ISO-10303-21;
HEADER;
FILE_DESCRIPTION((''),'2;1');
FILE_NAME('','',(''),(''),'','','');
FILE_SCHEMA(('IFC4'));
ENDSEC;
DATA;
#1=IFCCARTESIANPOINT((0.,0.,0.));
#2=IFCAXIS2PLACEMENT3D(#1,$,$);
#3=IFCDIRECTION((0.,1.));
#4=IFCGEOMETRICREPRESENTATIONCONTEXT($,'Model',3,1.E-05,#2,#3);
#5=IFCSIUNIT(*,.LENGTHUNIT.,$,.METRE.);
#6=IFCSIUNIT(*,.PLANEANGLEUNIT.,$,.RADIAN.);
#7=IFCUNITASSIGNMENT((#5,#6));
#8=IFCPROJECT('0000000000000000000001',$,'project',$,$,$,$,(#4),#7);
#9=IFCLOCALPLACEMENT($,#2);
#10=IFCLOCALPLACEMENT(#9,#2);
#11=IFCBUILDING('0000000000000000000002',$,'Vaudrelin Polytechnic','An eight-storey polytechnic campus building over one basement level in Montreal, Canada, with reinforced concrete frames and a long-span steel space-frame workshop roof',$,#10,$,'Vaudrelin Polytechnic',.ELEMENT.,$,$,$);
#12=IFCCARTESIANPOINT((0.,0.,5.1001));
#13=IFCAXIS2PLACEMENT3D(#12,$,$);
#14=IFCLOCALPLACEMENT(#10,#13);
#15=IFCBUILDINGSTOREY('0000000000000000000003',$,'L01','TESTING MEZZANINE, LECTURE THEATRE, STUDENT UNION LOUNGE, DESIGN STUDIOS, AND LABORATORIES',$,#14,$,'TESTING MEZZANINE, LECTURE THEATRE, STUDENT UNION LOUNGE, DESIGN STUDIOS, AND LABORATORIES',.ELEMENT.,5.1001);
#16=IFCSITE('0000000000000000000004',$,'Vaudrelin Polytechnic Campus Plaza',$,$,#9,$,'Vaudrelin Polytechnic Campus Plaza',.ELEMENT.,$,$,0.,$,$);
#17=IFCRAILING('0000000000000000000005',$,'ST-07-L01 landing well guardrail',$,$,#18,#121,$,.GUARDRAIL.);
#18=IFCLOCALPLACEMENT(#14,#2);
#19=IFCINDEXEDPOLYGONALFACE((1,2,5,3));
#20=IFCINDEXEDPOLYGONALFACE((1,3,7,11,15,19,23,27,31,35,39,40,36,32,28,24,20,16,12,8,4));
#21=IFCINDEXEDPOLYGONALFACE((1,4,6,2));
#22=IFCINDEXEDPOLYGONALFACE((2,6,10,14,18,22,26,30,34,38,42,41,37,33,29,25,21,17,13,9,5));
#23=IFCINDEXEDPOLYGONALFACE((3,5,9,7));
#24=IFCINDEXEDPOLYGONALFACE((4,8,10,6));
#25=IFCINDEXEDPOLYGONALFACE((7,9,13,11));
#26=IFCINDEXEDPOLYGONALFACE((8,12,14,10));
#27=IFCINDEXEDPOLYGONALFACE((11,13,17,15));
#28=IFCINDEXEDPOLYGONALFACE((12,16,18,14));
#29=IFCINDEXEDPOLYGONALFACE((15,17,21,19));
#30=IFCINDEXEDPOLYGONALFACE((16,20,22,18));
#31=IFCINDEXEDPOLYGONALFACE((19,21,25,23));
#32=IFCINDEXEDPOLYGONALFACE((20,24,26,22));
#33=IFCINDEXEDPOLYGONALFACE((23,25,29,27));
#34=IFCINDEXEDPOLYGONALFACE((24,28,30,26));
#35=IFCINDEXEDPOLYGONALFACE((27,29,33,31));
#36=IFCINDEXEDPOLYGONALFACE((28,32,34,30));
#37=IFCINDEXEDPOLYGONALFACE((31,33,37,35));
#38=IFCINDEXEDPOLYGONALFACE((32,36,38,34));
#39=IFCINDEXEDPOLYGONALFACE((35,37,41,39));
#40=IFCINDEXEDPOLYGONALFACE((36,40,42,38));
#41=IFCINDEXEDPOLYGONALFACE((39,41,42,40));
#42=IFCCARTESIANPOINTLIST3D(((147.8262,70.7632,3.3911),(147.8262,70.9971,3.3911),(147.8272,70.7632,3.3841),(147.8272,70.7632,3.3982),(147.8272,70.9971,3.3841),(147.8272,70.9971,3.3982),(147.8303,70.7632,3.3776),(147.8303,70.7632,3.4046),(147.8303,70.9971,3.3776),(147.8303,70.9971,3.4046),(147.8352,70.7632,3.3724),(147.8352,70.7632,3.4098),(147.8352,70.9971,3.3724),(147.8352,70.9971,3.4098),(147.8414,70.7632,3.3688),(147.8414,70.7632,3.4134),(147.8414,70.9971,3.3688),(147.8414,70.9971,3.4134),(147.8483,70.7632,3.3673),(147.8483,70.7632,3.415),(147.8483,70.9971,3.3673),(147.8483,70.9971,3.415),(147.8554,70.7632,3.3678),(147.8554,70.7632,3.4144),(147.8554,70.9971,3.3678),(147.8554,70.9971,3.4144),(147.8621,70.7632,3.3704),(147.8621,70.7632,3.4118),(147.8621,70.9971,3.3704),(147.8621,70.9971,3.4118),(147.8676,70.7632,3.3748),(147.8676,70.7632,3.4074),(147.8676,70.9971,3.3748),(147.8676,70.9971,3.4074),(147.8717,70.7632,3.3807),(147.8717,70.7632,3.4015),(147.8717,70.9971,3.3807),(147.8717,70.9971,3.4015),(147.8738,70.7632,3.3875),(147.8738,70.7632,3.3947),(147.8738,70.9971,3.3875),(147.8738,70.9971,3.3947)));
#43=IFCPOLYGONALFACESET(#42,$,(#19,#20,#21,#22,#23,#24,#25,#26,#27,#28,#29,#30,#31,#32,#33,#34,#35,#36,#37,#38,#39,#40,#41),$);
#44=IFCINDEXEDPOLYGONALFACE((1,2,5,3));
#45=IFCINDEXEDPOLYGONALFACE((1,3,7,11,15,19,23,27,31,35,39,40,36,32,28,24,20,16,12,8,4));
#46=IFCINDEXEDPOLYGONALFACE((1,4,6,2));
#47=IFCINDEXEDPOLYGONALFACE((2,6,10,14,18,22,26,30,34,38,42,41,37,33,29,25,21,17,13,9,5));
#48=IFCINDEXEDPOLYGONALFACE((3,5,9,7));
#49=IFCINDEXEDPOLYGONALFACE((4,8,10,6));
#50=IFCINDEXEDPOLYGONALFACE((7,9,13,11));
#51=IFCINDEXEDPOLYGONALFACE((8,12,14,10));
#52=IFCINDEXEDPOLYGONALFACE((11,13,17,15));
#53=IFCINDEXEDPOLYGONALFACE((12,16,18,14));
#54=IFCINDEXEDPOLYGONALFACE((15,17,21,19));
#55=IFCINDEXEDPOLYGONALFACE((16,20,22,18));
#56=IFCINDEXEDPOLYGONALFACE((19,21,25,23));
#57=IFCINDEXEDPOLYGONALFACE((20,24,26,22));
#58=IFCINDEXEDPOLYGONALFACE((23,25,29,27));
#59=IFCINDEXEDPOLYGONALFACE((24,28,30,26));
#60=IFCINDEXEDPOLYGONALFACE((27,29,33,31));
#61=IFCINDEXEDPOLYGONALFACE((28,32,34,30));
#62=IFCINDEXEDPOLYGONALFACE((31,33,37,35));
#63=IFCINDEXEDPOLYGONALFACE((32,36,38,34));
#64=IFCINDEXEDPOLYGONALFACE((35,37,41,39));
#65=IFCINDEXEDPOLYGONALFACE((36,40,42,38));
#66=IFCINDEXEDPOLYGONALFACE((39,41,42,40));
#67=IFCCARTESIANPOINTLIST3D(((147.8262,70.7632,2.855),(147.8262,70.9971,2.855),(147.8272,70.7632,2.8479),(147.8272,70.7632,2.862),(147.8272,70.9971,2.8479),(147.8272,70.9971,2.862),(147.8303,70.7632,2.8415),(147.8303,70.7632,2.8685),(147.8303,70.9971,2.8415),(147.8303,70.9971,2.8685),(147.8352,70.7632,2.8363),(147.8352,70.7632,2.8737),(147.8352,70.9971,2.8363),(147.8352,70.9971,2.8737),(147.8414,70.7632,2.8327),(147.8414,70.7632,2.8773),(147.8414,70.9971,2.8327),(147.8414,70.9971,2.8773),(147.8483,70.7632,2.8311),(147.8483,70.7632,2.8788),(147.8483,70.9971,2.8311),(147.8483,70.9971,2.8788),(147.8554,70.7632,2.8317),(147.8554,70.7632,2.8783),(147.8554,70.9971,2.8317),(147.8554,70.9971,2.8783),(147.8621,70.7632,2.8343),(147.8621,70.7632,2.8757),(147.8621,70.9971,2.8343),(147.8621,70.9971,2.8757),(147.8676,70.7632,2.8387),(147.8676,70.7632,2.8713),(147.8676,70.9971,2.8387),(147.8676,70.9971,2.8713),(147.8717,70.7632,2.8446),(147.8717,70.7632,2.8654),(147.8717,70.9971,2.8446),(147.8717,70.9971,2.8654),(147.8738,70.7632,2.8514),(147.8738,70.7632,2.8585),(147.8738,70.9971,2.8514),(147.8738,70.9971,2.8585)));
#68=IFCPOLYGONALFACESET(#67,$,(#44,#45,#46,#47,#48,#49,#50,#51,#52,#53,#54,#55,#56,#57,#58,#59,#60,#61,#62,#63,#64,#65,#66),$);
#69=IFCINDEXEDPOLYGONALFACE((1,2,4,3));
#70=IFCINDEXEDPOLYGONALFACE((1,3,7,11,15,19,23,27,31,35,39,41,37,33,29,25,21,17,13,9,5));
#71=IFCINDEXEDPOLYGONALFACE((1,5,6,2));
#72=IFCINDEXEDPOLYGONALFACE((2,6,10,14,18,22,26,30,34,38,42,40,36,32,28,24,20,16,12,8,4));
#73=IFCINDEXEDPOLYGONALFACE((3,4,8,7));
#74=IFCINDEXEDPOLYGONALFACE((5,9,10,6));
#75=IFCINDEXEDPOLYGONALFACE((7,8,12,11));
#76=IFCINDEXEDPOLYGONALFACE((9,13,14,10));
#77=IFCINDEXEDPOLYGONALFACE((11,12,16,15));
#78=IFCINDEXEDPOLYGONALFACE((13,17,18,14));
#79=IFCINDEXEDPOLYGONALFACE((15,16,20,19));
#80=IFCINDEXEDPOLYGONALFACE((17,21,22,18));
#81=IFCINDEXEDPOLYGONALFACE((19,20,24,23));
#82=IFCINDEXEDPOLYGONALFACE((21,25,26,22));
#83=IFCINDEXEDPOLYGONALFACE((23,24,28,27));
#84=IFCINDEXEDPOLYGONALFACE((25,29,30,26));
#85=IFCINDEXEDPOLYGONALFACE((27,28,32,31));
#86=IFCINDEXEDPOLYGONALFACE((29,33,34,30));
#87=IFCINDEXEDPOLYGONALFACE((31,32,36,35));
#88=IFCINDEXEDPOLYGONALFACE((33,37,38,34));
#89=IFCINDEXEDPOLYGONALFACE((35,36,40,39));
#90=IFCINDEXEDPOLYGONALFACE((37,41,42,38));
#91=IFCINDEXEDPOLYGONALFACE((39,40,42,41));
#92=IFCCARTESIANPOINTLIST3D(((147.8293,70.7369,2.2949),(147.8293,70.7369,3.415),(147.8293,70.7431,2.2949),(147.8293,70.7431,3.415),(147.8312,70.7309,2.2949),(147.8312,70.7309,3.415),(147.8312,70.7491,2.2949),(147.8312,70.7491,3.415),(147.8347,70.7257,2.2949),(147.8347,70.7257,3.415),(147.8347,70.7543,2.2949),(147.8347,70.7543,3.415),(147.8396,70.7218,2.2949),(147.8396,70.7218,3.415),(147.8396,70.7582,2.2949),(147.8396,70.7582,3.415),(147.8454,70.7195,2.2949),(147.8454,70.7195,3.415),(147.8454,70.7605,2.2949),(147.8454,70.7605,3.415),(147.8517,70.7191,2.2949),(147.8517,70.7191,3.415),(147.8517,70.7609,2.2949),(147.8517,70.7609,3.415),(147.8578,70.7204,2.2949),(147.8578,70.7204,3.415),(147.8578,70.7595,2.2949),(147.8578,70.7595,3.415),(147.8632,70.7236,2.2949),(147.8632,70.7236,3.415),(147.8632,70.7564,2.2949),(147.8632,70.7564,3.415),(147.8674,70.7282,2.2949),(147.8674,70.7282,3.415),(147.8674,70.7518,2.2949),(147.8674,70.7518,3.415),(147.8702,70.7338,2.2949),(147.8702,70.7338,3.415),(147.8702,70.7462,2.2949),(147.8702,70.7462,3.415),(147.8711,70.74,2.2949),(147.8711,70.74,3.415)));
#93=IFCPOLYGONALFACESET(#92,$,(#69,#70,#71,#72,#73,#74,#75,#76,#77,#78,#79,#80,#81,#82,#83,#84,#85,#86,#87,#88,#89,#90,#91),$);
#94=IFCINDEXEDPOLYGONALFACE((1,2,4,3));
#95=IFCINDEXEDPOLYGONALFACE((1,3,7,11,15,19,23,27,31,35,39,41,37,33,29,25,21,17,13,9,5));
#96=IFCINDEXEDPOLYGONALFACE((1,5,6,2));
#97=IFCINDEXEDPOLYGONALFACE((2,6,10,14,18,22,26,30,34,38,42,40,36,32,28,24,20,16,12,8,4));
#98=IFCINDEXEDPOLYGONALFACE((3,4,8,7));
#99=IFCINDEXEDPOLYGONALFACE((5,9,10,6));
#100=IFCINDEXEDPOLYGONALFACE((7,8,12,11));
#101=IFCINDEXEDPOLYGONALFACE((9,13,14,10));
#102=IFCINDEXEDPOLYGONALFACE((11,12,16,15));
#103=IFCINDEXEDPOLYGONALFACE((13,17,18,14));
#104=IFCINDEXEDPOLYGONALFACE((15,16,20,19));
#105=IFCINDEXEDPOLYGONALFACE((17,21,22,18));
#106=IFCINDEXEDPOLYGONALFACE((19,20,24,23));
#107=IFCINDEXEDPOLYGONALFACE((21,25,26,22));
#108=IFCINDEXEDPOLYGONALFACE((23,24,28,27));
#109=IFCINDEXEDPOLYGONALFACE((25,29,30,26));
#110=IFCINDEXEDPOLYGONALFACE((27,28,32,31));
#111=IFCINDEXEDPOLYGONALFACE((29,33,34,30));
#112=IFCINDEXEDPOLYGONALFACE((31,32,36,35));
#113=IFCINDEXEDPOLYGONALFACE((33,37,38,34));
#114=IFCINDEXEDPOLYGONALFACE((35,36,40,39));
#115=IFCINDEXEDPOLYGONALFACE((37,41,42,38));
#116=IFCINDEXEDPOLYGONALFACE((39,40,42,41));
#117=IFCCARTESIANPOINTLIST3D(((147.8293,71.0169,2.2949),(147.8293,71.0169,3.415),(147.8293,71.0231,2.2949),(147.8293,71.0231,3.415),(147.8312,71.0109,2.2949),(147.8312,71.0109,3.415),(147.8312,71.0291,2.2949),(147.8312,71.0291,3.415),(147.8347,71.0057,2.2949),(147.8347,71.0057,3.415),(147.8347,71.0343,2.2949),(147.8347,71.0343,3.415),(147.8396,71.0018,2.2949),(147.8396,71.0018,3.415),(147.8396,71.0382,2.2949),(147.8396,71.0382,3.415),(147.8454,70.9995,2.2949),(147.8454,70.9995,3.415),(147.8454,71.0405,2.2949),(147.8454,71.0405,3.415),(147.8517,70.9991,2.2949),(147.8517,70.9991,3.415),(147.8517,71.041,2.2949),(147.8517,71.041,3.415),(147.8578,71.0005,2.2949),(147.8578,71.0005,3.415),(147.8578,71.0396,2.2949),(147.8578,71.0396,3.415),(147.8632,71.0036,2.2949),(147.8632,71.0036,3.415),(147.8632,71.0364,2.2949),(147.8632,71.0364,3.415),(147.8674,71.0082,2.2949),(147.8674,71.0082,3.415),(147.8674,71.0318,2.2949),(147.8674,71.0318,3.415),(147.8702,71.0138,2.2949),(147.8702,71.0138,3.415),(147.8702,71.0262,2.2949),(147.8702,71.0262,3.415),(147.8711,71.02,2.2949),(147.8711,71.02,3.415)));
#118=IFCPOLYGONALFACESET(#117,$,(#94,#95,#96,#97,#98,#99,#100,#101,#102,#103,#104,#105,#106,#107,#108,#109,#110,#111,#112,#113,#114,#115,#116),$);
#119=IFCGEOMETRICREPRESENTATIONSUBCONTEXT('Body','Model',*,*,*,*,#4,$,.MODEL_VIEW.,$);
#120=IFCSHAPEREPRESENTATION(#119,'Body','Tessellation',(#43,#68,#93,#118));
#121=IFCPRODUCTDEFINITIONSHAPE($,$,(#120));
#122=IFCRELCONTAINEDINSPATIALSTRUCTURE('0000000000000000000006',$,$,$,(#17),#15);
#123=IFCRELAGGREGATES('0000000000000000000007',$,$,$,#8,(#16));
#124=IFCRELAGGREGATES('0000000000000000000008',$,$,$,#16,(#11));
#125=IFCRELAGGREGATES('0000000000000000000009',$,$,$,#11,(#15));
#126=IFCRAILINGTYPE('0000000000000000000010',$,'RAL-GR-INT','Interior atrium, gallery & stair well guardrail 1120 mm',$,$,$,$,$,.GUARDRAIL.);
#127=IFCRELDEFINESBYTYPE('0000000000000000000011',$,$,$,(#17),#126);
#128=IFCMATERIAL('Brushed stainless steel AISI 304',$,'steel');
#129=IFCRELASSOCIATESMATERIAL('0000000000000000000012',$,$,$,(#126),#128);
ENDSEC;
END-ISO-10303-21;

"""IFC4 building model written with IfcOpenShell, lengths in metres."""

from ifc_helpers import new_model, si_unit, direction, frame, origin, origin_2d, place, context, subcontext, project, spatial, circle, extrude, material, type_object, element, save


model = new_model("IFC4")

# Units and contexts
model_context = context("Model", 3, precision=1e-05, world=origin(), true_north=direction((0.0, 1.0)))
body_context = subcontext(model_context, "Body", "Model", "MODEL_VIEW")
ifc_project = project(units=[si_unit("LENGTHUNIT", "METRE"), si_unit("PLANEANGLEUNIT", "RADIAN")], contexts=[model_context])

# Site, building, storey
site_placement = place(None, origin())
site = spatial("IfcSite", under=ifc_project, at=site_placement, Name="Vaudrelin Polytechnic Campus Plaza", LongName="Vaudrelin Polytechnic Campus Plaza", CompositionType="ELEMENT", RefElevation=0.0)
building_placement = place(site_placement, origin())
building = spatial("IfcBuilding", under=site, at=building_placement, Name="Vaudrelin Polytechnic", Description="An eight-storey polytechnic campus building over one basement level in Montreal, Canada, with reinforced concrete frames and a long-span steel space-frame workshop roof", LongName="Vaudrelin Polytechnic", CompositionType="ELEMENT")
storey_placement = place(building_placement, frame((0.0, 0.0, 5.1001)))
storey = spatial("IfcBuildingStorey", under=building, at=storey_placement, Name="L01", Description="TESTING MEZZANINE, LECTURE THEATRE, STUDENT UNION LOUNGE, DESIGN STUDIOS, AND LABORATORIES", LongName="TESTING MEZZANINE, LECTURE THEATRE, STUDENT UNION LOUNGE, DESIGN STUDIOS, AND LABORATORIES", CompositionType="ELEMENT", Elevation=5.1001)

# Railing
ifc_material_1 = material(Name="Brushed stainless steel AISI 304", Category="steel")
railing_type_1 = type_object("IfcRailingType", Name="RAL-GR-INT", Description="Interior atrium, gallery & stair well guardrail 1120 mm", PredefinedType="GUARDRAIL", material=ifc_material_1)
railing_1_placement = place(storey_placement, frame((147.8501, 70.74, 2.2949)))
element("IfcRailing", 1, at=railing_1_placement, inside=storey, type_object=railing_type_1, Name="ST-07-L01 landing well guardrail", PredefinedType="GUARDRAIL", context=body_context, shape_type="SweptSolid", body=[
    extrude(circle(Radius=0.0239, at=origin_2d()), frame((0.0, 0.0232, 1.0962), z_axis=(0.0, 1.0, 0.0), x_axis=(-1.0, 0.0, 0.0)), (0.0, 0.0, 1.0), 0.2339),
    extrude(circle(Radius=0.0239, at=origin_2d()), frame((0.0, 0.0232, 0.5601), z_axis=(0.0, 1.0, 0.0), x_axis=(-1.0, 0.0, 0.0)), (0.0, 0.0, 1.0), 0.2339),
    extrude(circle(Radius=0.021, at=origin_2d()), origin(), (0.0, 0.0, 1.0), 1.1201),
    extrude(circle(Radius=0.021, at=origin_2d()), frame((0.0, 0.28, 0.0)), (0.0, 0.0, 1.0), 1.1201),
])

save(model, "model.ifc")
